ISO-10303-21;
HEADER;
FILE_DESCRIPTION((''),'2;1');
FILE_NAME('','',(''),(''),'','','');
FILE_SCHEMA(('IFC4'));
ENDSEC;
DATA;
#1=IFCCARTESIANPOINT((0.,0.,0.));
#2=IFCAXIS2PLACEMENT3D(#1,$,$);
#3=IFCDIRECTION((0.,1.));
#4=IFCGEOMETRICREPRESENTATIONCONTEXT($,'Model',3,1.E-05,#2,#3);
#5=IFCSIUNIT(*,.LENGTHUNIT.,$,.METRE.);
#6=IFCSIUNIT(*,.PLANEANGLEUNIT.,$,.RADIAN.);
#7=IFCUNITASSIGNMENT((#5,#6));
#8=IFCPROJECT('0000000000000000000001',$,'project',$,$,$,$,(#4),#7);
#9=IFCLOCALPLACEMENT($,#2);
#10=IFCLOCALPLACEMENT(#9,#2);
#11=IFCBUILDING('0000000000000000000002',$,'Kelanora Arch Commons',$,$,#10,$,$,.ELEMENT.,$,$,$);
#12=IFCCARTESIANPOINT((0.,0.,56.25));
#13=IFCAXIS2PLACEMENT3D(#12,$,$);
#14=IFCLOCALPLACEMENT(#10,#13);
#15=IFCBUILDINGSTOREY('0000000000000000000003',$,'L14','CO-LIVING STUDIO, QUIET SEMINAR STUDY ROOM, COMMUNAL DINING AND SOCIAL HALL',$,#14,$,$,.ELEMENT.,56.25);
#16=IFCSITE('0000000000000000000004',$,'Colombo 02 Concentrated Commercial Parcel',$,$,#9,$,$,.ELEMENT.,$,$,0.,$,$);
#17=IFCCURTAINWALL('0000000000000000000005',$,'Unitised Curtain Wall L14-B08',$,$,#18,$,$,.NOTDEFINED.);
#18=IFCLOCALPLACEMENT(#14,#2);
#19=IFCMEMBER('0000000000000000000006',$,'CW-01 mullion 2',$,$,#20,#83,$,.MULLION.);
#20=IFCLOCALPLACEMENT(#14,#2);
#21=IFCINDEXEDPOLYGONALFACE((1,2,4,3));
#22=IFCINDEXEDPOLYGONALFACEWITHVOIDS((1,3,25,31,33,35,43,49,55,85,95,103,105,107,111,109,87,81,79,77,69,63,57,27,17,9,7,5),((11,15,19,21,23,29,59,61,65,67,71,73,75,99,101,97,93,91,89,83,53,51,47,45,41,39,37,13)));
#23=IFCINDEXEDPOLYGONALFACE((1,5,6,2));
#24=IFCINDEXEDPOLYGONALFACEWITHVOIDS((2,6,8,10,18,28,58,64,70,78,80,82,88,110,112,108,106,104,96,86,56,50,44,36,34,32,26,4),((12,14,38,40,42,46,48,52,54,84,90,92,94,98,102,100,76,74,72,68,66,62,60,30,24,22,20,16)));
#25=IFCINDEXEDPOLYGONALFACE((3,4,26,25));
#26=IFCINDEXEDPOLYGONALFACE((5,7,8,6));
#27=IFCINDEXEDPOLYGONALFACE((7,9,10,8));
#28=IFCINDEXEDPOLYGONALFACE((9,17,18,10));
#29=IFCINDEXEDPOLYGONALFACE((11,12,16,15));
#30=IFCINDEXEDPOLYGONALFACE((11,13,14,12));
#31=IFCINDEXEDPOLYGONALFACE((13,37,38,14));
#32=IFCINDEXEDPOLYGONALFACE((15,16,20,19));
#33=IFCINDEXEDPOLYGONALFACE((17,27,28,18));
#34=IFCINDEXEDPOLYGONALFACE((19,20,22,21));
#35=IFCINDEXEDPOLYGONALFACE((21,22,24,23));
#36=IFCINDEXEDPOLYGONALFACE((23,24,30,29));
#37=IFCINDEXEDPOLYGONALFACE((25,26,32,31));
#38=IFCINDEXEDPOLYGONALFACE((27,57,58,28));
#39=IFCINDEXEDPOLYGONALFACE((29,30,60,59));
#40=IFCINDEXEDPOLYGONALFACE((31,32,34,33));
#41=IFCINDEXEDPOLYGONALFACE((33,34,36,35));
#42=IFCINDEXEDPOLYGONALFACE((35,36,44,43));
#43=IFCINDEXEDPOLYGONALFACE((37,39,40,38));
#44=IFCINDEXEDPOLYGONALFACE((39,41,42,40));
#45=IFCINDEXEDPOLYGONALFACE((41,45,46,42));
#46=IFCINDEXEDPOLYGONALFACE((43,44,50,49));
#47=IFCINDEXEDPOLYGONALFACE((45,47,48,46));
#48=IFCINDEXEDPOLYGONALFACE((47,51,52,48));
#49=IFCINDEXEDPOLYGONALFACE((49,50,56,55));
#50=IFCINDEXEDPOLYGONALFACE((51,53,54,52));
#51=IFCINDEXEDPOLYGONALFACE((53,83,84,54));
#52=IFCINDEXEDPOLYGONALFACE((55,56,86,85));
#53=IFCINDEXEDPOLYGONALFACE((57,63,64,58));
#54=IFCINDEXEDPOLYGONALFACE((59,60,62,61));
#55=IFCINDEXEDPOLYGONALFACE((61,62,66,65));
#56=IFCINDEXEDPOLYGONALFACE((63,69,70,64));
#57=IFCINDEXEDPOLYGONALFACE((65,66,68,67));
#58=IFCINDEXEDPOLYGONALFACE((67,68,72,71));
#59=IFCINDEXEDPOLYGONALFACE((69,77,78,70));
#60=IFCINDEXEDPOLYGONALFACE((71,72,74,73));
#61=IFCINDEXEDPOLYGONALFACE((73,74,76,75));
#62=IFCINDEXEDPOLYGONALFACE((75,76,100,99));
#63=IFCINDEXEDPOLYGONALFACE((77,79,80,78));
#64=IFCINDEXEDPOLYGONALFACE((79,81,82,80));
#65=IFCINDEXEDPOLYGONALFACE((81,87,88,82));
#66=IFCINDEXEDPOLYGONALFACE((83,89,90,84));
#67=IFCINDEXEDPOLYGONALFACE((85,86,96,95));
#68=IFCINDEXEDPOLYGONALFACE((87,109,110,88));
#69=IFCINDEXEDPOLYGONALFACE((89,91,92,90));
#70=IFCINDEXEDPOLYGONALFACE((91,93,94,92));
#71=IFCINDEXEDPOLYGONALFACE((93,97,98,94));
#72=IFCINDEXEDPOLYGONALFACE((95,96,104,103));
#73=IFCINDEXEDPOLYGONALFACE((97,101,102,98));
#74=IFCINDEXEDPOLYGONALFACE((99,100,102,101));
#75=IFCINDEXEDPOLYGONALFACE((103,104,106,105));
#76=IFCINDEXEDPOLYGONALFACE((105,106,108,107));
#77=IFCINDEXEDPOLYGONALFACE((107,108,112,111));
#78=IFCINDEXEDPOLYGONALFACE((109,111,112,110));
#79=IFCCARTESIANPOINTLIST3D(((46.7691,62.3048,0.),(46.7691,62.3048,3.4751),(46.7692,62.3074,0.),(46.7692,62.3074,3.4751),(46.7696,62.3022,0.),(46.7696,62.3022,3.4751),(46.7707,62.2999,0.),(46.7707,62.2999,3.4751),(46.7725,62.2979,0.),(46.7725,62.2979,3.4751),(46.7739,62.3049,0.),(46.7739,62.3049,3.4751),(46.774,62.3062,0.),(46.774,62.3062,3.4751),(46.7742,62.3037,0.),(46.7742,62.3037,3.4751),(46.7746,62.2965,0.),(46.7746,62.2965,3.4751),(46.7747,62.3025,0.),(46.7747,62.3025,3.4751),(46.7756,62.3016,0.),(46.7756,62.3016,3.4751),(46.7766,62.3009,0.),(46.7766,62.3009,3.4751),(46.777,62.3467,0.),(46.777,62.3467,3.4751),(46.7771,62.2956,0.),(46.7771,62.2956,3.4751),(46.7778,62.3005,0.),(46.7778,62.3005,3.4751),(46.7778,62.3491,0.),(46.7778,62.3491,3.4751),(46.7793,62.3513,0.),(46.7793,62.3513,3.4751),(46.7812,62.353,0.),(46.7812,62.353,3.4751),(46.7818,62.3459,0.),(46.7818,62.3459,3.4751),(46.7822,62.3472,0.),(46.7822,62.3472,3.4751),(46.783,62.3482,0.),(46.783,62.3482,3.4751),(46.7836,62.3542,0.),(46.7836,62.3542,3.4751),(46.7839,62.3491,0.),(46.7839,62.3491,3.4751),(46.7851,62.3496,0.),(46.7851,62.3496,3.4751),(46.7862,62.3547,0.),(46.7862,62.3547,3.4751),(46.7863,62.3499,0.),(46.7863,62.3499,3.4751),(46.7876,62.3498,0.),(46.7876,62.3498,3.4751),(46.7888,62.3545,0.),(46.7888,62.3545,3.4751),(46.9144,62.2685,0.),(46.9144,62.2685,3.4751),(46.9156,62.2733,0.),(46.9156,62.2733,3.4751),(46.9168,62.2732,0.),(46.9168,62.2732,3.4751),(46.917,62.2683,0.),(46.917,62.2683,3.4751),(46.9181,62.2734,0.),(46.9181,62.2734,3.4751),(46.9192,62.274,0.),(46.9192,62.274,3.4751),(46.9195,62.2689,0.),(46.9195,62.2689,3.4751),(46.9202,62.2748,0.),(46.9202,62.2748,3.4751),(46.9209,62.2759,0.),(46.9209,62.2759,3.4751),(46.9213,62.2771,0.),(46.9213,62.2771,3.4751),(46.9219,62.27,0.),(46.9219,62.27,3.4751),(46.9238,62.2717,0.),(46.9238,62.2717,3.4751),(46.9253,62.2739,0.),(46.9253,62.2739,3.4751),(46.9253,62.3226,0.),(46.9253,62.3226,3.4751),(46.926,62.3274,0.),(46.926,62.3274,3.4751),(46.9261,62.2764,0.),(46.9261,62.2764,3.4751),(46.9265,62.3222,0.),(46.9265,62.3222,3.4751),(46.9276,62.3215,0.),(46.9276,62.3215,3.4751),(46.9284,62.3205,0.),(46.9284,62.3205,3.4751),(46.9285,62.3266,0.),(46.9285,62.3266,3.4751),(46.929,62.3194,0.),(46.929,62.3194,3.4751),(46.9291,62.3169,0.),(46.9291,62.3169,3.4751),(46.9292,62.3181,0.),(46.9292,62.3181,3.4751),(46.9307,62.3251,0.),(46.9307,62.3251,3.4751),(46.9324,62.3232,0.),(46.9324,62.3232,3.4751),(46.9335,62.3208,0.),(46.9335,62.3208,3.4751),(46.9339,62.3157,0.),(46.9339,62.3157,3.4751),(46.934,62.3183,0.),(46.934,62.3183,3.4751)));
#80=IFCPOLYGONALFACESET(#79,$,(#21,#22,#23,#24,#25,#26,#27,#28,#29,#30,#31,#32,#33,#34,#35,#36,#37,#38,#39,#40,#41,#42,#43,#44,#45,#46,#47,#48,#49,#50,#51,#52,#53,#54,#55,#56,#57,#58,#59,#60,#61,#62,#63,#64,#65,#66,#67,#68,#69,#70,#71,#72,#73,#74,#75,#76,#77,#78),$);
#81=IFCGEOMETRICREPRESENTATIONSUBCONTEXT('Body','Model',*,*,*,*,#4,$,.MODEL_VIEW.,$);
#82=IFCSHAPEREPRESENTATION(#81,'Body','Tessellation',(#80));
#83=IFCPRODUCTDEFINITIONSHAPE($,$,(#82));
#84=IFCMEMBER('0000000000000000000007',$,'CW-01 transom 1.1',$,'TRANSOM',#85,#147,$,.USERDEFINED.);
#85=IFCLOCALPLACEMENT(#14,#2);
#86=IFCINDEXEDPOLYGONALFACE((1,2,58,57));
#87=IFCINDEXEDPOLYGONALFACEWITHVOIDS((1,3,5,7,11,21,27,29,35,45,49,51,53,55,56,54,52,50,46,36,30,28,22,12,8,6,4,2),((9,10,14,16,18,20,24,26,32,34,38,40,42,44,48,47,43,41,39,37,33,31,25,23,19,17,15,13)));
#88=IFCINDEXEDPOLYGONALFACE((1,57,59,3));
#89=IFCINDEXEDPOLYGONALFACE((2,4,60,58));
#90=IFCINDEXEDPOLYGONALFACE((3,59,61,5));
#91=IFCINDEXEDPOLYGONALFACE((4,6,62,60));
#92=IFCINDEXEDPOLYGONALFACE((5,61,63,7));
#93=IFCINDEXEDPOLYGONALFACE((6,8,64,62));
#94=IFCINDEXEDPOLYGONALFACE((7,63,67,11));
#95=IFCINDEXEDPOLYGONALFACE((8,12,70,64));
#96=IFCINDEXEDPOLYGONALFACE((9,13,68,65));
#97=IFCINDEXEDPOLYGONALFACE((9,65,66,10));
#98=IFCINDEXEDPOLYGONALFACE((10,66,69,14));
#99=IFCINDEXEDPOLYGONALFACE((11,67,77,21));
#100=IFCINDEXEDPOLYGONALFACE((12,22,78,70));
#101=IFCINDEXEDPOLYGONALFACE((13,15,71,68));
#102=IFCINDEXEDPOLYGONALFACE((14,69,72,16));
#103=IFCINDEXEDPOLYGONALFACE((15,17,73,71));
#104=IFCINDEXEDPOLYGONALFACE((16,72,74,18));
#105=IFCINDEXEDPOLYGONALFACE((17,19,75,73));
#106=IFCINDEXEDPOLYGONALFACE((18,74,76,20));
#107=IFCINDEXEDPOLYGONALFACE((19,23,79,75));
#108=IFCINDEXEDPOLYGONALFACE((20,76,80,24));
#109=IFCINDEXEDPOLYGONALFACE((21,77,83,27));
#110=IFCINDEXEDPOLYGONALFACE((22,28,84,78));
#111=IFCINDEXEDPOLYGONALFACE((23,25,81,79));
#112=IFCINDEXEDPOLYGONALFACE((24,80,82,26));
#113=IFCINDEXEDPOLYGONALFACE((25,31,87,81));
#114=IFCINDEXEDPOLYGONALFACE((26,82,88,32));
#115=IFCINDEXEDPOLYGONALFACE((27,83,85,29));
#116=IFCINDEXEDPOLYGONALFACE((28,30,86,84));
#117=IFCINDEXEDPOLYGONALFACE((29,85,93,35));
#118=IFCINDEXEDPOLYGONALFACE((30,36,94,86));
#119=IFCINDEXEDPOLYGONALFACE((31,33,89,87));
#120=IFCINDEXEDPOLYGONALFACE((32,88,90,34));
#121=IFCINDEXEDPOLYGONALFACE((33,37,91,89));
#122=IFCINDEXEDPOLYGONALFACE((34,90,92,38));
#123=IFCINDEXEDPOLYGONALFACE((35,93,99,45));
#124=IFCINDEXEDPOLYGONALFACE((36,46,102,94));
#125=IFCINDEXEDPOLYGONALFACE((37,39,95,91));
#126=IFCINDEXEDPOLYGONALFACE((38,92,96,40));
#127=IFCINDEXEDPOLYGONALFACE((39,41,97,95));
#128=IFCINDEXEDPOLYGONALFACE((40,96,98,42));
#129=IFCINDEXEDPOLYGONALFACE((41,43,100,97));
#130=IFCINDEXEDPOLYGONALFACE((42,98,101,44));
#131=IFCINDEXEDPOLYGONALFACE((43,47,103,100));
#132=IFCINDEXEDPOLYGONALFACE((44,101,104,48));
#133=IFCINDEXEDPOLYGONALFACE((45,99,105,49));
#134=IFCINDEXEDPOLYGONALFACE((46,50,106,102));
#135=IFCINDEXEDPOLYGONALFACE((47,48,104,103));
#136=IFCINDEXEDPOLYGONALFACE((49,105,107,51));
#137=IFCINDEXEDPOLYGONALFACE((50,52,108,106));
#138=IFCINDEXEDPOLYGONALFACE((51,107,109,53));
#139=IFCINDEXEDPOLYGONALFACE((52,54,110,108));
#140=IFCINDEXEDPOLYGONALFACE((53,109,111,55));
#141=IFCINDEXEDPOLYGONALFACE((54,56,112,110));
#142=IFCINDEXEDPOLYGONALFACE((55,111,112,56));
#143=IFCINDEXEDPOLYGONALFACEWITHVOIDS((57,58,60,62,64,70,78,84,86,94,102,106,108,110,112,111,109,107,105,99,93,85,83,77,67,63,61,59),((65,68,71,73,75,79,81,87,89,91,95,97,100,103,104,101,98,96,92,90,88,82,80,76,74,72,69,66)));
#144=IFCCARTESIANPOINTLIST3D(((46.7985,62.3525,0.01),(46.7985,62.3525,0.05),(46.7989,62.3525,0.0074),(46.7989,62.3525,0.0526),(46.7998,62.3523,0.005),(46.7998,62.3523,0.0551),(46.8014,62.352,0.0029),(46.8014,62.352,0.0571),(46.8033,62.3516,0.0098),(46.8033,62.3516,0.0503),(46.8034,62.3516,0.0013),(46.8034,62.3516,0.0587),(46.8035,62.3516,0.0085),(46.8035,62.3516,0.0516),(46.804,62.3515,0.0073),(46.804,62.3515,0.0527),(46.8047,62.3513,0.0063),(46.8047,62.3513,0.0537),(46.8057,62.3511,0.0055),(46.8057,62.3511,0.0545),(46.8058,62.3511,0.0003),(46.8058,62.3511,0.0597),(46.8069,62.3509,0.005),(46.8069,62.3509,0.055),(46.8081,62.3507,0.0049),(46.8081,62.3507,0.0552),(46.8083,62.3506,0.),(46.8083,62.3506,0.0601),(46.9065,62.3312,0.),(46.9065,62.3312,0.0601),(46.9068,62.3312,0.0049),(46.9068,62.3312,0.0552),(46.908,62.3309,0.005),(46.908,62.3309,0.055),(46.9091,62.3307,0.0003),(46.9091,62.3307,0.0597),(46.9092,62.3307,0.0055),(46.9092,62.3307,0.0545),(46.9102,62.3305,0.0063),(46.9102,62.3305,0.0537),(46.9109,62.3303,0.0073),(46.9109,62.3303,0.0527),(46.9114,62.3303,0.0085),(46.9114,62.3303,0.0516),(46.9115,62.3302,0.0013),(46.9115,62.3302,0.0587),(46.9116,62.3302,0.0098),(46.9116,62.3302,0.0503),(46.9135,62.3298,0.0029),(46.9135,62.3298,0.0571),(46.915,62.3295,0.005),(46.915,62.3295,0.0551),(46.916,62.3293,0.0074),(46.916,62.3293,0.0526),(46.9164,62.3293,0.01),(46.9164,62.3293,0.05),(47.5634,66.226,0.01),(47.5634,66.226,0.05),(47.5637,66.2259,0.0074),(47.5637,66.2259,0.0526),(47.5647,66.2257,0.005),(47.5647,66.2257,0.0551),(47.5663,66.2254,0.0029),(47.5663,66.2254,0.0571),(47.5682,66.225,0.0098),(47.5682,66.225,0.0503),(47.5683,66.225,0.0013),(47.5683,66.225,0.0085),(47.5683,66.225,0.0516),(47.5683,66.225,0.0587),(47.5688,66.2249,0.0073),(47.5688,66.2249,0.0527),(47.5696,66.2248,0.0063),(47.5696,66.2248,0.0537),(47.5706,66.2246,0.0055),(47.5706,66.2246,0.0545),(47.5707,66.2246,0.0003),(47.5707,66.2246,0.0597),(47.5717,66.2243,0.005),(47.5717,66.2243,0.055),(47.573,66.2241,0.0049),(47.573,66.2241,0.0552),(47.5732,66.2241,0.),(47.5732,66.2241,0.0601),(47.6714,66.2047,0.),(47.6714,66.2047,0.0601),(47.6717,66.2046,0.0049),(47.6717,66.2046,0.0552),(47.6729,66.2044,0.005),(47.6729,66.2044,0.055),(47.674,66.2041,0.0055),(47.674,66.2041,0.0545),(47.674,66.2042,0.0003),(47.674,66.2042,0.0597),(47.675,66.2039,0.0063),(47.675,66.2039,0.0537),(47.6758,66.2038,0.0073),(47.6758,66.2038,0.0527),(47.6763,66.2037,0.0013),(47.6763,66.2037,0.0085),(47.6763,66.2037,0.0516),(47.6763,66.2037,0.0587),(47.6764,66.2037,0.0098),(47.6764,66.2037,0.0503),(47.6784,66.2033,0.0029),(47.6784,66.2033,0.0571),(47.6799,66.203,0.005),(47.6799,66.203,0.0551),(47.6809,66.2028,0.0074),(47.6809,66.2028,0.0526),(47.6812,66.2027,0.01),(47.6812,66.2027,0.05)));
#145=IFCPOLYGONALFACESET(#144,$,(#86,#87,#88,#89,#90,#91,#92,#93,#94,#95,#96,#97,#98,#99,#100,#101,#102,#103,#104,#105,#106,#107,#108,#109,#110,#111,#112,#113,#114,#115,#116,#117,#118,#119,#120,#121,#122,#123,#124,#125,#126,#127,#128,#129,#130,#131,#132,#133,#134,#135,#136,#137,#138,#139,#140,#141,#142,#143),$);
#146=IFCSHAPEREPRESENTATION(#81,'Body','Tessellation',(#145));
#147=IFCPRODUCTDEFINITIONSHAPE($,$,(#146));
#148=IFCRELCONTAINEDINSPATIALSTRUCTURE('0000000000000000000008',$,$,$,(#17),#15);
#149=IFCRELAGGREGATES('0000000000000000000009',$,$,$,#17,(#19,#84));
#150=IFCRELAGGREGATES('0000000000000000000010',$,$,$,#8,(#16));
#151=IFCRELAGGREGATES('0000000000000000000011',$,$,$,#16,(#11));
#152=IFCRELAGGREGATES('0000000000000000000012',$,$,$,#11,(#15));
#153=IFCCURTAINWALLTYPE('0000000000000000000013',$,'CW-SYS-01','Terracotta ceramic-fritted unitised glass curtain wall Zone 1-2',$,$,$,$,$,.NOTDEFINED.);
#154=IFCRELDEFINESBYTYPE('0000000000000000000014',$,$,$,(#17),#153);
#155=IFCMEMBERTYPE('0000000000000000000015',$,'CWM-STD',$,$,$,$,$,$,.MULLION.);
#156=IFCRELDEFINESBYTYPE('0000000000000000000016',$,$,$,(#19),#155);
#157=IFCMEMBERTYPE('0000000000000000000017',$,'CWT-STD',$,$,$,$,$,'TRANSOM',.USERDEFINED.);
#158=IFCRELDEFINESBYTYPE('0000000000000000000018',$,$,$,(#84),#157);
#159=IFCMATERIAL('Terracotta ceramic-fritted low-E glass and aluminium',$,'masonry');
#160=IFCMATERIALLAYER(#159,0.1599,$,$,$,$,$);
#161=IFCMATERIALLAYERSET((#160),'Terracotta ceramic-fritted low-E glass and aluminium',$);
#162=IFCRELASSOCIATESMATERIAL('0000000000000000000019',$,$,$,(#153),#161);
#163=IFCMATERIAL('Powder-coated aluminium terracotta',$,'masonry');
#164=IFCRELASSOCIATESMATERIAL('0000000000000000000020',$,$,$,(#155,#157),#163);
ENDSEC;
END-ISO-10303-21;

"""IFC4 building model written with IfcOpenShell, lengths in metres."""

from ifc_helpers import new_model, si_unit, direction, frame, origin, origin_2d, place, context, subcontext, project, spatial, hollow_rectangle, extrude, material, layer, layer_set, material_profile, profile_set, type_object, element, aggregate, save


model = new_model("IFC4")

# Units and contexts
model_context = context("Model", 3, precision=1e-05, world=origin(), true_north=direction((0.0, 1.0)))
body_context = subcontext(model_context, "Body", "Model", "MODEL_VIEW")
ifc_project = project(units=[si_unit("LENGTHUNIT", "METRE"), si_unit("PLANEANGLEUNIT", "RADIAN")], contexts=[model_context])

# Site, building, storey
site_placement = place(None, origin())
site = spatial("IfcSite", under=ifc_project, at=site_placement, Name="Colombo 02 Concentrated Commercial Parcel", CompositionType="ELEMENT", RefElevation=0.0)
building_placement = place(site_placement, origin())
building = spatial("IfcBuilding", under=site, at=building_placement, Name="Kelanora Arch Commons", CompositionType="ELEMENT")
storey_placement = place(building_placement, frame((0.0, 0.0, 56.25)))
storey = spatial("IfcBuildingStorey", under=building, at=storey_placement, Name="L14", Description="CO-LIVING STUDIO, QUIET SEMINAR STUDY ROOM, COMMUNAL DINING AND SOCIAL HALL", CompositionType="ELEMENT", Elevation=56.25)

# Curtain wall, members
ifc_material_1 = material(Name="Terracotta ceramic-fritted low-E glass and aluminium", Category="masonry")
ifc_layer_1 = layer(ifc_material_1, 0.1599)
ifc_layer_set_1 = layer_set([ifc_layer_1], Name="Terracotta ceramic-fritted low-E glass and aluminium")
curtain_wall_type = type_object("IfcCurtainWallType", Name="CW-SYS-01", Description="Terracotta ceramic-fritted unitised glass curtain wall Zone 1-2", PredefinedType="NOTDEFINED", material=ifc_layer_set_1)
curtain_wall_placement = place(storey_placement, origin())
curtain_wall = element("IfcCurtainWall", 1, at=curtain_wall_placement, inside=storey, type_object=curtain_wall_type, Name="Unitised Curtain Wall L14-B08", PredefinedType="NOTDEFINED")
ifc_material_2 = material(Name="Powder-coated aluminium terracotta", Category="masonry")
ifc_material_profile_1 = material_profile(ifc_material_2, hollow_rectangle(XDim=0.1599, YDim=0.0601, WallThickness=0.0049, InnerFilletRadius=0.0049, OuterFilletRadius=0.01, at=origin_2d()), Name="CWM160x60")
ifc_profile_set_1 = profile_set([ifc_material_profile_1], Name="Powder-coated aluminium terracotta")
member_type_1 = type_object("IfcMemberType", Name="CWM-STD", PredefinedType="MULLION", material=ifc_profile_set_1)
member_1_placement = place(storey_placement, frame((46.8516, 62.3115, 0.0), z_axis=(0.0, 0.0, 1.0), x_axis=(0.981052, -0.193744, 0.0)))
member_1 = element("IfcMember", 2, at=member_1_placement, type_object=member_type_1, Name="CW-01 mullion 2", PredefinedType="MULLION", context=body_context, shape_type="SweptSolid", body=[
    extrude(hollow_rectangle(XDim=0.1599, YDim=0.0601, WallThickness=0.0049, InnerFilletRadius=0.0049, OuterFilletRadius=0.01, at=origin_2d()), origin(), (0.0, 0.0, 1.0), 3.4751),
])
ifc_material_profile_2 = material_profile(ifc_material_2, hollow_rectangle(XDim=0.1201, YDim=0.0601, WallThickness=0.0049, InnerFilletRadius=0.0049, OuterFilletRadius=0.01, at=origin_2d()), Name="CWT120x60")
ifc_profile_set_2 = profile_set([ifc_material_profile_2], Name="Powder-coated aluminium terracotta")
member_type_2 = type_object("IfcMemberType", Name="CWT-STD", ElementType="TRANSOM", PredefinedType="USERDEFINED", material=ifc_profile_set_2)
member_2_placement = place(storey_placement, frame((47.6223, 66.2144, 0.03), z_axis=(-0.193725, -0.981056, 0.0), x_axis=(0.981056, -0.193725, 0.0)))
member_2 = element("IfcMember", 3, at=member_2_placement, type_object=member_type_2, Name="CW-01 transom 1.1", ObjectType="TRANSOM", PredefinedType="USERDEFINED", context=body_context, shape_type="SweptSolid", body=[
    extrude(hollow_rectangle(XDim=0.1201, YDim=0.0601, WallThickness=0.0049, InnerFilletRadius=0.0049, OuterFilletRadius=0.01, at=origin_2d()), origin(), (0.0, 0.0, 1.0), 3.9482),
])
aggregate(curtain_wall, [member_1, member_2])

save(model, "model.ifc")
